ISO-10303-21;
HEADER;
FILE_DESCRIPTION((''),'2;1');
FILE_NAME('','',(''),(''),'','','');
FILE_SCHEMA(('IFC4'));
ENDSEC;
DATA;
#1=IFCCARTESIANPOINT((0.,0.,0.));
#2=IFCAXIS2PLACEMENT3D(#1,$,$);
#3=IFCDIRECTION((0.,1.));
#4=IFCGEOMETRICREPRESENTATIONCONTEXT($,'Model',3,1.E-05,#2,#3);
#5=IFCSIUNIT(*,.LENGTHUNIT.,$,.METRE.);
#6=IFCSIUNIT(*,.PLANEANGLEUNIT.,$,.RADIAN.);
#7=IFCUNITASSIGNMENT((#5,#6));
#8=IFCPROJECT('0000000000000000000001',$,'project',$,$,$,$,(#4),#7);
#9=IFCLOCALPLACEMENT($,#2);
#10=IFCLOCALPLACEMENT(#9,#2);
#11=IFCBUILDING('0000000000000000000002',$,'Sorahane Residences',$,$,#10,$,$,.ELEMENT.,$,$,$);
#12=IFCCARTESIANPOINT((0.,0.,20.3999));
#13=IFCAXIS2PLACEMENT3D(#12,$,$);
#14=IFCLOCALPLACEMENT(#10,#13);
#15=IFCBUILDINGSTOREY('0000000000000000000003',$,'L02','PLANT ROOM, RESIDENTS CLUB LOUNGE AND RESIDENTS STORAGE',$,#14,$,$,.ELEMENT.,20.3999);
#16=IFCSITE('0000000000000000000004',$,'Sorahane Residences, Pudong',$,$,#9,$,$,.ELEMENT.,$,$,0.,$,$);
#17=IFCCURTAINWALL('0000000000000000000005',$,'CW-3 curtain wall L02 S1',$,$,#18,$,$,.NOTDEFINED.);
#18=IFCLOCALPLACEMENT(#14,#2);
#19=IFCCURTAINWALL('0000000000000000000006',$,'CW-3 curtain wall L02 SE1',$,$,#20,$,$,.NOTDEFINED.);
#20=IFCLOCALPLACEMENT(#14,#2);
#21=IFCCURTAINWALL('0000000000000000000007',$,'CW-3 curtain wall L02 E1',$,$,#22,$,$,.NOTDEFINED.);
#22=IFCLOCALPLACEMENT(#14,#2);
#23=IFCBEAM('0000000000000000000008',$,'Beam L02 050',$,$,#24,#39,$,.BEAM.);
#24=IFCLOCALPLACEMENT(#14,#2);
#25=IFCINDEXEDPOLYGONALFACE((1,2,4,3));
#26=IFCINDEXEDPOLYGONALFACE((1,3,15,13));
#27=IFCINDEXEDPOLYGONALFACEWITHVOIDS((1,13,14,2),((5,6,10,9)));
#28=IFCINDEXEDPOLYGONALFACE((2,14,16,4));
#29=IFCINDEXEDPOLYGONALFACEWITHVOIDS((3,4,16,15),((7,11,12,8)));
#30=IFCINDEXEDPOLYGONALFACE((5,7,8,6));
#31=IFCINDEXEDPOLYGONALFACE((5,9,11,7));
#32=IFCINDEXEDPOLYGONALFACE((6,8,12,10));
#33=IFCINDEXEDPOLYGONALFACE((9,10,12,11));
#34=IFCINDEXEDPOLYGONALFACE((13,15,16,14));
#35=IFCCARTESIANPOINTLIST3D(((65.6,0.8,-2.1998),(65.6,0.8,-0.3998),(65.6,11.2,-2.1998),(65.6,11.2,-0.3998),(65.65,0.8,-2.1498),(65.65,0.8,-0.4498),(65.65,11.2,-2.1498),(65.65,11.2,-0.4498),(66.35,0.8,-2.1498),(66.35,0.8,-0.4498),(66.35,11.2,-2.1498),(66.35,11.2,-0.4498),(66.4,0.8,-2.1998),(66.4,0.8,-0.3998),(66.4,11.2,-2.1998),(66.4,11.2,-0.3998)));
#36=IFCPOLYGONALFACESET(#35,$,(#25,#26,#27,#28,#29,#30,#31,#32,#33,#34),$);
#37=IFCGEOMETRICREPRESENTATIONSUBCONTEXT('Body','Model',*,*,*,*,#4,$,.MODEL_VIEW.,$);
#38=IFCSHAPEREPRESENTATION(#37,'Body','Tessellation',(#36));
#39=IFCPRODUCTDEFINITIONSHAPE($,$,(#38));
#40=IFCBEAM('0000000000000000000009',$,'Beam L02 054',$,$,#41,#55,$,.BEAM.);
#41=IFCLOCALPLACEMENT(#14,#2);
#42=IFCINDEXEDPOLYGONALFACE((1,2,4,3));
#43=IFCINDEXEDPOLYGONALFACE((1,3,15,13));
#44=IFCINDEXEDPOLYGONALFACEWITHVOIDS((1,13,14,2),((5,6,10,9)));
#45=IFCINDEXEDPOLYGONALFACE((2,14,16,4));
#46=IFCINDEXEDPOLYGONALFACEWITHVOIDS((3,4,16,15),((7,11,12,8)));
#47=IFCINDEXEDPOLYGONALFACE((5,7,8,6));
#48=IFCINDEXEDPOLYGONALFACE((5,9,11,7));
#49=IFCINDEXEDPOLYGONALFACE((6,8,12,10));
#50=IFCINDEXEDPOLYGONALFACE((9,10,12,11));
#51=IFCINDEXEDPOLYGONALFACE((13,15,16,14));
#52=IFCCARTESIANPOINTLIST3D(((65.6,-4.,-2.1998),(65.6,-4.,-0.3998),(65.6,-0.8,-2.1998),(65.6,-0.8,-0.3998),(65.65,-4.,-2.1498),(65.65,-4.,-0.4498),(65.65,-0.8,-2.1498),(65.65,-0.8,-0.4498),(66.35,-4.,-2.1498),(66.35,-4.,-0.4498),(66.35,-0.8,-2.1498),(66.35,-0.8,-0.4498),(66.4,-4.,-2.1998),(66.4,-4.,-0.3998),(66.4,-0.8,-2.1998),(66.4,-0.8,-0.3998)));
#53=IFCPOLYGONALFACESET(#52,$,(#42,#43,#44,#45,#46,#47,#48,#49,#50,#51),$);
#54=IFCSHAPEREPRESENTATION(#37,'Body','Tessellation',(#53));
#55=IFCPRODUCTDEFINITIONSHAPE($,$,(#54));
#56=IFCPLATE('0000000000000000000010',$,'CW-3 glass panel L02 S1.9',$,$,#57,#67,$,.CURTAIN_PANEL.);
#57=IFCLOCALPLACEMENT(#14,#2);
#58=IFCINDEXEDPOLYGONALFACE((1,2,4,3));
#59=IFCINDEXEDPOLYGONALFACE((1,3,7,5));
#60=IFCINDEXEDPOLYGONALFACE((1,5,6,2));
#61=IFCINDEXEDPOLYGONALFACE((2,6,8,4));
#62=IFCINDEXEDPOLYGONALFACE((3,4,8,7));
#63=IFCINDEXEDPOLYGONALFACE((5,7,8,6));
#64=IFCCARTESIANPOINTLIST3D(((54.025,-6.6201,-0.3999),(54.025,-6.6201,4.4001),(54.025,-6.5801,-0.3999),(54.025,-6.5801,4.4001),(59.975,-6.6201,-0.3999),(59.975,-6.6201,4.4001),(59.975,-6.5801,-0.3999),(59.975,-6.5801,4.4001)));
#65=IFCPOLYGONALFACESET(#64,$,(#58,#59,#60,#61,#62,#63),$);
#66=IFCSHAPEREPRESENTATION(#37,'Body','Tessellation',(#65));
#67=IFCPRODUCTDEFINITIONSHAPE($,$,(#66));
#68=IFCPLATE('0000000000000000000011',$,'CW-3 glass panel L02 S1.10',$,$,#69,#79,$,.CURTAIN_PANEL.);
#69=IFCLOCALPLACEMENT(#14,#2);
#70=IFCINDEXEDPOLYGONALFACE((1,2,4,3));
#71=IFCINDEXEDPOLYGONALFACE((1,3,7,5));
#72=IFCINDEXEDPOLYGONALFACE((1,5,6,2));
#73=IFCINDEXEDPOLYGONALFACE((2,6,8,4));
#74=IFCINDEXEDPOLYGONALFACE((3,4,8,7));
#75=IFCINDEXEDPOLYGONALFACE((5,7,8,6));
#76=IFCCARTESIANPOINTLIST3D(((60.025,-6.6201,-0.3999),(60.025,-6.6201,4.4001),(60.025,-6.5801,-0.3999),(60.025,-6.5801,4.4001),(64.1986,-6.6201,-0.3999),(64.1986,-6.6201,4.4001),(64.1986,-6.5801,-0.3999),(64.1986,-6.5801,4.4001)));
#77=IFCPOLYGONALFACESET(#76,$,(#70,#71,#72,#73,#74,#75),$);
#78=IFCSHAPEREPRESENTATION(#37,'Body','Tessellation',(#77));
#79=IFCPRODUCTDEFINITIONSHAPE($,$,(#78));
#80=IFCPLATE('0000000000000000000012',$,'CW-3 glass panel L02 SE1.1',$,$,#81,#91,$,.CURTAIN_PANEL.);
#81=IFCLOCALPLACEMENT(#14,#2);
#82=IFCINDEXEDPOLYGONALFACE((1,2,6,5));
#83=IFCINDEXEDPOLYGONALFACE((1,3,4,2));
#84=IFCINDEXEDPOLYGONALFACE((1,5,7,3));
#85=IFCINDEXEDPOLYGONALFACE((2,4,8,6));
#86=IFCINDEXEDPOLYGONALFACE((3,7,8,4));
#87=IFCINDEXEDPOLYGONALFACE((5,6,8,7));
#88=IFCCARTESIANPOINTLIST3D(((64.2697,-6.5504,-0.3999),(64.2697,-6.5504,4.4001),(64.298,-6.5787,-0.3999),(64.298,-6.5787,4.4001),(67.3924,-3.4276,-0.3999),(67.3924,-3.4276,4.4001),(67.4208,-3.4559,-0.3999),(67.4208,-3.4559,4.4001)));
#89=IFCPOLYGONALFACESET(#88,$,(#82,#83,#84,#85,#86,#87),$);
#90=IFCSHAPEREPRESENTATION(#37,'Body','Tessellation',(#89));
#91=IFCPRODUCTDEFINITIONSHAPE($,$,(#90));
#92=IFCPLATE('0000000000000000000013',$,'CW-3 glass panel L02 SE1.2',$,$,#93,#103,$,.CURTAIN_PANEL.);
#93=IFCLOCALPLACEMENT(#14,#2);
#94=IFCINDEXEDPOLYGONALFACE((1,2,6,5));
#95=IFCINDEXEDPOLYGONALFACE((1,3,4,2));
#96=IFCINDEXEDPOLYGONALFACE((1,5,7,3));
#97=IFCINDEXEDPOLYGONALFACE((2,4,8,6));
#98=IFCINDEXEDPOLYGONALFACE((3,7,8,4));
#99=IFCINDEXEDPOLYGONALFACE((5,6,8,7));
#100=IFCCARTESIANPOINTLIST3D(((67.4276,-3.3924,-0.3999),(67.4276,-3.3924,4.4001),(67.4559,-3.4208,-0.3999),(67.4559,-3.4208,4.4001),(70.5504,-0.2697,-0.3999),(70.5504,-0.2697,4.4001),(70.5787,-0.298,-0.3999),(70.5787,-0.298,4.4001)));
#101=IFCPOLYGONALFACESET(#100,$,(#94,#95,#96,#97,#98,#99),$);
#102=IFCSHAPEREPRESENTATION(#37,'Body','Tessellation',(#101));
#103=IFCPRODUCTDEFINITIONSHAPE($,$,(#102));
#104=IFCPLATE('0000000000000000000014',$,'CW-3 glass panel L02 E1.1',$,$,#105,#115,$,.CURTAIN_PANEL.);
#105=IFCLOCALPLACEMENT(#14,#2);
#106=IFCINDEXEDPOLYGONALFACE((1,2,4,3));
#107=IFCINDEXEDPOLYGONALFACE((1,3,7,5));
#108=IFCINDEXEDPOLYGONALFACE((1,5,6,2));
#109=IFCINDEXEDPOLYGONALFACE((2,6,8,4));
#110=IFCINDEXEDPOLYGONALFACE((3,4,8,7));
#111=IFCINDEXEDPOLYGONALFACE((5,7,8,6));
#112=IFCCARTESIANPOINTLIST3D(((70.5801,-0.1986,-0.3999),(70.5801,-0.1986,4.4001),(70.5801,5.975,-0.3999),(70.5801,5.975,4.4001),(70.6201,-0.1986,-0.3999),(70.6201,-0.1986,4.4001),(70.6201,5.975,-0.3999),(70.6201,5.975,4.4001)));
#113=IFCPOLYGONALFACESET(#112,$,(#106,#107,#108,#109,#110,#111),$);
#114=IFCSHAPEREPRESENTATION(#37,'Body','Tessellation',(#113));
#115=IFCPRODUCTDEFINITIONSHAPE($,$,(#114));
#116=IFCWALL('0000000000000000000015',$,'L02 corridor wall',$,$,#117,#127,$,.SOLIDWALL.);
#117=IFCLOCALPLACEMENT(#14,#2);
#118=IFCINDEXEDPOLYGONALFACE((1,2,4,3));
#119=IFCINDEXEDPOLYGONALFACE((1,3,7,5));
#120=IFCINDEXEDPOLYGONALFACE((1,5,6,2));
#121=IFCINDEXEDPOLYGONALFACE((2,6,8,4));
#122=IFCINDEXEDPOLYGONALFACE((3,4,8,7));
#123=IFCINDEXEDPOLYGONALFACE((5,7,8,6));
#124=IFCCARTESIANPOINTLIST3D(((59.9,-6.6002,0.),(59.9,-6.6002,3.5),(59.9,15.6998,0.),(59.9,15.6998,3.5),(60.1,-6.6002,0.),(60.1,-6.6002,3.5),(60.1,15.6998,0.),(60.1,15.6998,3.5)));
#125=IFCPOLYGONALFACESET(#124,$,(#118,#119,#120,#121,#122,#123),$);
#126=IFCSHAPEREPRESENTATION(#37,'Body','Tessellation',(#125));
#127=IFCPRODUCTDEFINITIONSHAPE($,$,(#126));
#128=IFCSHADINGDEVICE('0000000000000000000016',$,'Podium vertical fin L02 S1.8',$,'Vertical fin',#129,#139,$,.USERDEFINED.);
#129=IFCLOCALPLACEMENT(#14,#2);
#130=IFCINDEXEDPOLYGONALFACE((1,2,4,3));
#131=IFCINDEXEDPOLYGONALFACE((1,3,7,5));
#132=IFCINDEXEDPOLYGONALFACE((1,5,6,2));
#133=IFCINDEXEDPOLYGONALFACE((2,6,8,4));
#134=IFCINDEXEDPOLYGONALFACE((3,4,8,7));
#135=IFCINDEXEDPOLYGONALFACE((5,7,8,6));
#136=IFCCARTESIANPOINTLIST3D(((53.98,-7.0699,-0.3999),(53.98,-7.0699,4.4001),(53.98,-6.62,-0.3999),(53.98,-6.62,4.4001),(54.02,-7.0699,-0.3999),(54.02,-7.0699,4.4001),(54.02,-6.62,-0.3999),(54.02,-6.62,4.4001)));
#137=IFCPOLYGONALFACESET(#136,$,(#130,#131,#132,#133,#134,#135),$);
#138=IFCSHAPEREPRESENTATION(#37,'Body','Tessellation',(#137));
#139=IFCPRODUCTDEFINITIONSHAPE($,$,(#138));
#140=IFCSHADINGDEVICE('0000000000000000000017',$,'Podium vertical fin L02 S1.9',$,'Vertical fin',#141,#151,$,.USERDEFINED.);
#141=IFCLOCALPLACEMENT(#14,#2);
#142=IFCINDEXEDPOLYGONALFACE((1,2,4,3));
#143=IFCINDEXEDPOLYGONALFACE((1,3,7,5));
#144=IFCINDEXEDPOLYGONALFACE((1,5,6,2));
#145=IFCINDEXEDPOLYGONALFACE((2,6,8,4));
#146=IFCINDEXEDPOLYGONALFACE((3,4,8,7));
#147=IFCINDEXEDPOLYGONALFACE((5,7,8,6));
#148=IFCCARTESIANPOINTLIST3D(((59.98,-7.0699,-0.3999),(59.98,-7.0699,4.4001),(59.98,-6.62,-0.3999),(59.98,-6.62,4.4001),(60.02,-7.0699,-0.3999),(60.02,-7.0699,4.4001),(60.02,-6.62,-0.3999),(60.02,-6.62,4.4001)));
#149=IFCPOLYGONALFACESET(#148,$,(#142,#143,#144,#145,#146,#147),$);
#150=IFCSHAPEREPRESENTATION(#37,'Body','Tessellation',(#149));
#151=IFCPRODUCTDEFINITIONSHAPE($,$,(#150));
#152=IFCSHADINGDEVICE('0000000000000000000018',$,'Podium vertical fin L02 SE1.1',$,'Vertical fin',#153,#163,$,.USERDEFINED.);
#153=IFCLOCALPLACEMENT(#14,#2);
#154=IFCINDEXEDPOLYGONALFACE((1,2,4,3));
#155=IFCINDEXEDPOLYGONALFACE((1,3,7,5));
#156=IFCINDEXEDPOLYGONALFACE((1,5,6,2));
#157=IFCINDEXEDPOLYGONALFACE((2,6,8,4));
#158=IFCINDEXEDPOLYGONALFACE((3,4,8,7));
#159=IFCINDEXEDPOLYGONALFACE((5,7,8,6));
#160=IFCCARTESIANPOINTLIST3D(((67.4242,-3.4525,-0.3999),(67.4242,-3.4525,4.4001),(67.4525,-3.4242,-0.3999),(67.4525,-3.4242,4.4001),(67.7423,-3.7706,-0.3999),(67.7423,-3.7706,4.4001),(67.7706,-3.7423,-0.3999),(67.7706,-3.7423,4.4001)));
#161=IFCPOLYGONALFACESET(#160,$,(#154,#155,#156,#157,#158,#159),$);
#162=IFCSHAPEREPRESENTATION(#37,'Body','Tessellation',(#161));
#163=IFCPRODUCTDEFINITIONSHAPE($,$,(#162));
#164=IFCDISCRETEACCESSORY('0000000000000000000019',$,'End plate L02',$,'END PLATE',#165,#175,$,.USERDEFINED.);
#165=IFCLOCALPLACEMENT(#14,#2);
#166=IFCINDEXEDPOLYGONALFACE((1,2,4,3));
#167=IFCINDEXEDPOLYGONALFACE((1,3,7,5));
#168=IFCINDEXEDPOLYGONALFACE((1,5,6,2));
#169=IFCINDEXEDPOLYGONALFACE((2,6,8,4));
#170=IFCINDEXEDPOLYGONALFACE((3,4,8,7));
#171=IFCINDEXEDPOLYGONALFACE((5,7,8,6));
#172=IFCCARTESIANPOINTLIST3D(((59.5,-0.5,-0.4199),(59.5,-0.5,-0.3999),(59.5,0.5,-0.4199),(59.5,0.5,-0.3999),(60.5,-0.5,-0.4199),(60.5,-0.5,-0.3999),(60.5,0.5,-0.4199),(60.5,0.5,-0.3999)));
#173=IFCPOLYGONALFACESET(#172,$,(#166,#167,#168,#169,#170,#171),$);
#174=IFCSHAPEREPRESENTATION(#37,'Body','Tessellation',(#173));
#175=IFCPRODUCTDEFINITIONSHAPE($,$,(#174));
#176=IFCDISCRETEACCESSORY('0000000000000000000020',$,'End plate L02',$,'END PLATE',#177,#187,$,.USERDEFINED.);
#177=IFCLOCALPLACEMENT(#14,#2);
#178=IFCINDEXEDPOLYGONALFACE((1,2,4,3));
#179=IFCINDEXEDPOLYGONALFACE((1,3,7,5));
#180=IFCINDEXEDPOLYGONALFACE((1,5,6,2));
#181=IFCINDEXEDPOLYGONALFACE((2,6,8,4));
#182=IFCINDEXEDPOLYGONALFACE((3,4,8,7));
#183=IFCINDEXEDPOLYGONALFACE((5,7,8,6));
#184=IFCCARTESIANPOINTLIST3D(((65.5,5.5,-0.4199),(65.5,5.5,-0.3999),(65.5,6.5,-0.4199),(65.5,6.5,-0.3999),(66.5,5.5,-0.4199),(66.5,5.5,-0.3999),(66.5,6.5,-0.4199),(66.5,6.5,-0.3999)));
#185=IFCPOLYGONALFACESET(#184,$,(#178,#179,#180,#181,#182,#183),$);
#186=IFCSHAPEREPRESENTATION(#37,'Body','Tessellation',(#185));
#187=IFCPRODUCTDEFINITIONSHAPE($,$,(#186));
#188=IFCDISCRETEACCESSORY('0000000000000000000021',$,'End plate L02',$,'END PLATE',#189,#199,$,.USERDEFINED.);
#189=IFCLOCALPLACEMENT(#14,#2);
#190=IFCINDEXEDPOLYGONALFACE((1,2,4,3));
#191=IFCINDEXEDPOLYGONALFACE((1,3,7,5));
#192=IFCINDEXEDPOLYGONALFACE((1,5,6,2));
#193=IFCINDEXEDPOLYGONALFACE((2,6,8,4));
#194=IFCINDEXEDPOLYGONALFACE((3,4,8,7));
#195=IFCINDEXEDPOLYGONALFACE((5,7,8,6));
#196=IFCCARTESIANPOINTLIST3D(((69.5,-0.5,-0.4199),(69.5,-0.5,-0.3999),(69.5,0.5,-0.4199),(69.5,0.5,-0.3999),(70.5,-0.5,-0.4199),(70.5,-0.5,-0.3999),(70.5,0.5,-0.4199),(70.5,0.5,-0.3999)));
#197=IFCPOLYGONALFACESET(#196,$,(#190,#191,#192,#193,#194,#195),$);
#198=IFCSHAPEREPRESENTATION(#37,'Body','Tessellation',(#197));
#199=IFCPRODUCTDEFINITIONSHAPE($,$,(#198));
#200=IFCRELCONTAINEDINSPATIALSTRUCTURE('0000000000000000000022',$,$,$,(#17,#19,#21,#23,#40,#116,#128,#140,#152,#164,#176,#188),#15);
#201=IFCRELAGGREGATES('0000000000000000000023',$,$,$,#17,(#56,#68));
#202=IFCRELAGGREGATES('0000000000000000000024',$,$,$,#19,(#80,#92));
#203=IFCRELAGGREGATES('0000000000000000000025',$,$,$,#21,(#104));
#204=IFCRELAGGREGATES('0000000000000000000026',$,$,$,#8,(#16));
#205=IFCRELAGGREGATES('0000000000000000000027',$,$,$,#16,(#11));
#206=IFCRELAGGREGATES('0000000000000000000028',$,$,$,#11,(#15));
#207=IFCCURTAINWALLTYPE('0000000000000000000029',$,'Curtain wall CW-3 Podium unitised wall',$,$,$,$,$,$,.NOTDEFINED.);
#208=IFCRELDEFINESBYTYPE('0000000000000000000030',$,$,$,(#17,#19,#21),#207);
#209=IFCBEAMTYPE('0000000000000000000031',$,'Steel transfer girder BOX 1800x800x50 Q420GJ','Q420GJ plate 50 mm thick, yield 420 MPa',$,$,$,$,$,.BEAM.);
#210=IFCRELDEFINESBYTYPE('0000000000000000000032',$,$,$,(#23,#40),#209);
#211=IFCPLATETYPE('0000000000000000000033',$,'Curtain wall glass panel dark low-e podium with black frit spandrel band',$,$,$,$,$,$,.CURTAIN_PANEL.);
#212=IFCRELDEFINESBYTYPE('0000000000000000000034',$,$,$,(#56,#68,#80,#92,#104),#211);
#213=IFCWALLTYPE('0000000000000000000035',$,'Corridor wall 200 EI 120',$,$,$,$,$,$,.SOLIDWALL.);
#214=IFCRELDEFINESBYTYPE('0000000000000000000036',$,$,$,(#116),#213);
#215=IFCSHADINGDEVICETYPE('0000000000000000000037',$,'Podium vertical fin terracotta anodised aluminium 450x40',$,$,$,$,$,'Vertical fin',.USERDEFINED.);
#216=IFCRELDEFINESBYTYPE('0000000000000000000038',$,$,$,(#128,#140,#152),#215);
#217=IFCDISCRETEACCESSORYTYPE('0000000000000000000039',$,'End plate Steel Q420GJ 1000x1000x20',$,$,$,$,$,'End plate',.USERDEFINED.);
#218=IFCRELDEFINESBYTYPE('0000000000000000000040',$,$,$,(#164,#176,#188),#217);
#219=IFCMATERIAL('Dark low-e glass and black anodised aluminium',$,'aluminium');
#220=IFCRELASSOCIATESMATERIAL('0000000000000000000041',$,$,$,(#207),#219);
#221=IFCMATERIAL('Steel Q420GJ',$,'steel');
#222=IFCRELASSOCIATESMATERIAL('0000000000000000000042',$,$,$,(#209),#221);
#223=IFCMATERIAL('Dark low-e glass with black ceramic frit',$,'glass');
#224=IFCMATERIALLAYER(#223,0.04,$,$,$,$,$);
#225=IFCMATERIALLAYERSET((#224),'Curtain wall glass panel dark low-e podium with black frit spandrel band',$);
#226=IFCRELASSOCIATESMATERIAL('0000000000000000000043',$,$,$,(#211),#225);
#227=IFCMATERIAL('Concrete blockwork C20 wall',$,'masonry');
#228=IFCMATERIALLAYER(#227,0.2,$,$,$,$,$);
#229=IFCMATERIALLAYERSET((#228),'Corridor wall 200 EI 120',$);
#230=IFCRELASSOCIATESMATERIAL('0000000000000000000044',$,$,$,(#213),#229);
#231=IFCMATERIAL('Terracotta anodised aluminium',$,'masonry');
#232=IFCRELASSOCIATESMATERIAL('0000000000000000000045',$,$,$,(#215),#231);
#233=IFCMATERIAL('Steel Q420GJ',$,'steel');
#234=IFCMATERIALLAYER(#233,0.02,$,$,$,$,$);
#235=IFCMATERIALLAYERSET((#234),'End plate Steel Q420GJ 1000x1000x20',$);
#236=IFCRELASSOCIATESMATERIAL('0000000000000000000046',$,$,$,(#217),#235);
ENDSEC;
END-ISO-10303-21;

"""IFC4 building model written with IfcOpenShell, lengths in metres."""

from ifc_helpers import new_model, si_unit, direction, frame, frame_2d, origin, origin_2d, place, context, subcontext, project, spatial, rectangle, hollow_rectangle, extrude, material, layer, layer_set, material_profile, profile_set, type_object, element, aggregate, save


model = new_model("IFC4")

# Units and contexts
model_context = context("Model", 3, precision=1e-05, world=origin(), true_north=direction((0.0, 1.0)))
body_context = subcontext(model_context, "Body", "Model", "MODEL_VIEW")
ifc_project = project(units=[si_unit("LENGTHUNIT", "METRE"), si_unit("PLANEANGLEUNIT", "RADIAN")], contexts=[model_context])

# Site, building, storey
site_placement = place(None, origin())
site = spatial("IfcSite", under=ifc_project, at=site_placement, Name="Sorahane Residences, Pudong", CompositionType="ELEMENT", RefElevation=0.0)
building_placement = place(site_placement, origin())
building = spatial("IfcBuilding", under=site, at=building_placement, Name="Sorahane Residences", CompositionType="ELEMENT")
storey_placement = place(building_placement, frame((0.0, 0.0, 20.3999)))
storey = spatial("IfcBuildingStorey", under=building, at=storey_placement, Name="L02", Description="PLANT ROOM, RESIDENTS CLUB LOUNGE AND RESIDENTS STORAGE", CompositionType="ELEMENT", Elevation=20.3999)

# Curtain walls
ifc_material_1 = material(Name="Dark low-e glass and black anodised aluminium", Category="aluminium")
curtain_wall_type = type_object("IfcCurtainWallType", Name="Curtain wall CW-3 Podium unitised wall", PredefinedType="NOTDEFINED", material=ifc_material_1)
curtain_wall_1_placement = place(storey_placement, origin())
curtain_wall_1 = element("IfcCurtainWall", 1, at=curtain_wall_1_placement, inside=storey, type_object=curtain_wall_type, Name="CW-3 curtain wall L02 S1", PredefinedType="NOTDEFINED")
curtain_wall_2_placement = place(storey_placement, origin())
curtain_wall_2 = element("IfcCurtainWall", 2, at=curtain_wall_2_placement, inside=storey, type_object=curtain_wall_type, Name="CW-3 curtain wall L02 SE1", PredefinedType="NOTDEFINED")

# Curtain wall
curtain_wall_3_placement = place(storey_placement, origin())
curtain_wall_3 = element("IfcCurtainWall", 3, at=curtain_wall_3_placement, inside=storey, type_object=curtain_wall_type, Name="CW-3 curtain wall L02 E1", PredefinedType="NOTDEFINED")

# Beams
ifc_material_2 = material(Name="Steel Q420GJ", Category="steel")
ifc_material_profile_1 = material_profile(ifc_material_2, hollow_rectangle(XDim=0.8, YDim=1.8, WallThickness=0.05, at=origin_2d()), Name="BOX 1800x800x50")
ifc_profile_set_1 = profile_set([ifc_material_profile_1], Name="Steel Q420GJ")
beam_type = type_object("IfcBeamType", Name="Steel transfer girder BOX 1800x800x50 Q420GJ", Description="Q420GJ plate 50 mm thick, yield 420 MPa", PredefinedType="BEAM", material=ifc_profile_set_1)
beam_1_placement = place(storey_placement, frame((66.0, 0.8, -1.2998), z_axis=(0.0, 1.0, 0.0), x_axis=(-1.0, 0.0, 0.0)))
element("IfcBeam", 4, at=beam_1_placement, inside=storey, type_object=beam_type, Name="Beam L02 050", PredefinedType="BEAM", context=body_context, shape_type="SweptSolid", body=[
    extrude(hollow_rectangle(XDim=0.8, YDim=1.8, WallThickness=0.05, at=origin_2d()), origin(), (0.0, 0.0, 1.0), 10.3999),
])
beam_2_placement = place(storey_placement, frame((66.0, -4.0, -1.2998), z_axis=(0.0, 1.0, 0.0), x_axis=(-1.0, 0.0, 0.0)))
element("IfcBeam", 5, at=beam_2_placement, inside=storey, type_object=beam_type, Name="Beam L02 054", PredefinedType="BEAM", context=body_context, shape_type="SweptSolid", body=[
    extrude(hollow_rectangle(XDim=0.8, YDim=1.8, WallThickness=0.05, at=origin_2d()), origin(), (0.0, 0.0, 1.0), 3.2),
])

# Plates
ifc_material_3 = material(Name="Dark low-e glass with black ceramic frit", Category="glass")
ifc_layer_1 = layer(ifc_material_3, 0.04)
ifc_layer_set_1 = layer_set([ifc_layer_1], Name="Curtain wall glass panel dark low-e podium with black frit spandrel band")
plate_type = type_object("IfcPlateType", Name="Curtain wall glass panel dark low-e podium with black frit spandrel band", PredefinedType="CURTAIN_PANEL", material=ifc_layer_set_1)
plate_1_placement = place(storey_placement, frame((57.0, -6.6001, -0.3999), z_axis=(0.0, 0.0, 1.0), x_axis=(1.0, 0.0, 0.0)))
plate_1 = element("IfcPlate", 6, at=plate_1_placement, type_object=plate_type, Name="CW-3 glass panel L02 S1.9", PredefinedType="CURTAIN_PANEL", context=body_context, shape_type="SweptSolid", body=[
    extrude(rectangle(XDim=5.95, YDim=0.04, at=origin_2d()), origin(), (0.0, 0.0, 1.0), 4.8),
])
plate_2_placement = place(storey_placement, frame((62.1118, -6.6001, -0.3999), z_axis=(0.0, 0.0, 1.0), x_axis=(1.0, 0.0, 0.0)))
plate_2 = element("IfcPlate", 7, at=plate_2_placement, type_object=plate_type, Name="CW-3 glass panel L02 S1.10", PredefinedType="CURTAIN_PANEL", context=body_context, shape_type="SweptSolid", body=[
    extrude(rectangle(XDim=4.1736, YDim=0.04, at=origin_2d()), origin(), (0.0, 0.0, 1.0), 4.8),
])
aggregate(curtain_wall_1, [plate_1, plate_2])
plate_3_placement = place(storey_placement, frame((65.8452, -5.0032, -0.3999), z_axis=(0.0, 0.0, 1.0), x_axis=(0.707107, 0.707107, 0.0)))
plate_3 = element("IfcPlate", 8, at=plate_3_placement, type_object=plate_type, Name="CW-3 glass panel L02 SE1.1", PredefinedType="CURTAIN_PANEL", context=body_context, shape_type="SweptSolid", body=[
    extrude(rectangle(XDim=4.4163, YDim=0.04, at=origin_2d()), origin(), (0.0, 0.0, 1.0), 4.8),
])
plate_4_placement = place(storey_placement, frame((69.0032, -1.8452, -0.3999), z_axis=(0.0, 0.0, 1.0), x_axis=(0.707107, 0.707107, 0.0)))
plate_4 = element("IfcPlate", 9, at=plate_4_placement, type_object=plate_type, Name="CW-3 glass panel L02 SE1.2", PredefinedType="CURTAIN_PANEL", context=body_context, shape_type="SweptSolid", body=[
    extrude(rectangle(XDim=4.4163, YDim=0.04, at=origin_2d()), origin(), (0.0, 0.0, 1.0), 4.8),
])
aggregate(curtain_wall_2, [plate_3, plate_4])
plate_5_placement = place(storey_placement, frame((70.6001, 2.8882, -0.3999), z_axis=(0.0, 0.0, 1.0), x_axis=(0.0, 1.0, 0.0)))
plate_5 = element("IfcPlate", 10, at=plate_5_placement, type_object=plate_type, Name="CW-3 glass panel L02 E1.1", PredefinedType="CURTAIN_PANEL", context=body_context, shape_type="SweptSolid", body=[
    extrude(rectangle(XDim=6.1736, YDim=0.04, at=origin_2d()), origin(), (0.0, 0.0, 1.0), 4.8),
])
aggregate(curtain_wall_3, [plate_5])

# Wall
ifc_material_4 = material(Name="Concrete blockwork C20 wall", Category="masonry")
ifc_layer_2 = layer(ifc_material_4, 0.2)
ifc_layer_set_2 = layer_set([ifc_layer_2], Name="Corridor wall 200 EI 120")
wall_type = type_object("IfcWallType", Name="Corridor wall 200 EI 120", PredefinedType="SOLIDWALL", material=ifc_layer_set_2)
wall_placement = place(storey_placement, frame((60.0, -6.6001, 0.0), z_axis=(0.0, 0.0, 1.0), x_axis=(0.0, 1.0, 0.0)))
element("IfcWall", 11, at=wall_placement, inside=storey, type_object=wall_type, Name="L02 corridor wall", PredefinedType="SOLIDWALL", context=body_context, shape_type="SweptSolid", body=[
    extrude(rectangle(XDim=22.3, YDim=0.2, at=frame_2d((11.1499, 0.0))), origin(), (0.0, 0.0, 1.0), 3.5),
])

# Shading devices
ifc_material_5 = material(Name="Terracotta anodised aluminium", Category="masonry")
ifc_material_profile_2 = material_profile(ifc_material_5, rectangle(XDim=0.45, YDim=0.04, at=origin_2d()), Name="Podium vertical fin terracotta anodised aluminium 450x40")
ifc_profile_set_2 = profile_set([ifc_material_profile_2], Name="Terracotta anodised aluminium")
shading_device_type = type_object("IfcShadingDeviceType", Name="Podium vertical fin terracotta anodised aluminium 450x40", ElementType="Vertical fin", PredefinedType="USERDEFINED", material=ifc_profile_set_2)
for number, where, z_axis, x_axis, name in (
    (12, (54.0, -6.845, -0.3999), (0.0, 0.0, 1.0), (0.0, -1.0, 0.0), "Podium vertical fin L02 S1.8"),
    (13, (60.0, -6.845, -0.3999), (0.0, 0.0, 1.0), (0.0, -1.0, 0.0), "Podium vertical fin L02 S1.9"),
    (14, (67.5974, -3.5974, -0.3999), (0.0, 0.0, 1.0), (0.707107, -0.707107, 0.0), "Podium vertical fin L02 SE1.1"),
):
    element("IfcShadingDevice", number, at=place(storey_placement, frame(where, z_axis=z_axis, x_axis=x_axis)), inside=storey, type_object=shading_device_type, Name=name, ObjectType="Vertical fin", PredefinedType="USERDEFINED", context=body_context, shape_type="SweptSolid", body=[
        extrude(rectangle(XDim=0.45, YDim=0.04, at=origin_2d()), origin(), (0.0, 0.0, 1.0), 4.8),
    ])

# Discrete accessories
ifc_material_6 = material(Name="Steel Q420GJ", Category="steel")
ifc_layer_3 = layer(ifc_material_6, 0.02)
ifc_layer_set_3 = layer_set([ifc_layer_3], Name="End plate Steel Q420GJ 1000x1000x20")
discrete_accessory_type_1 = type_object("IfcDiscreteAccessoryType", Name="End plate Steel Q420GJ 1000x1000x20", ElementType="End plate", PredefinedType="USERDEFINED", material=ifc_layer_set_3)
for number, where, z_axis, x_axis, name in (
    (15, (60.0, 0.0, -0.4199), (0.0, 0.0, 1.0), (1.0, 0.0, 0.0), "End plate L02"),
    (16, (66.0, 6.0, -0.4199), (0.0, 0.0, 1.0), (1.0, 0.0, 0.0), "End plate L02"),
    (17, (70.0, 0.0, -0.4199), (0.0, 0.0, 1.0), (1.0, 0.0, 0.0), "End plate L02"),
):
    element("IfcDiscreteAccessory", number, at=place(storey_placement, frame(where, z_axis=z_axis, x_axis=x_axis)), inside=storey, type_object=discrete_accessory_type_1, Name=name, ObjectType="END PLATE", PredefinedType="USERDEFINED", context=body_context, shape_type="SweptSolid", body=[
        extrude(rectangle(XDim=1.0, YDim=1.0, at=origin_2d()), origin(), (0.0, 0.0, 1.0), 0.02),
    ])

save(model, "model.ifc")
